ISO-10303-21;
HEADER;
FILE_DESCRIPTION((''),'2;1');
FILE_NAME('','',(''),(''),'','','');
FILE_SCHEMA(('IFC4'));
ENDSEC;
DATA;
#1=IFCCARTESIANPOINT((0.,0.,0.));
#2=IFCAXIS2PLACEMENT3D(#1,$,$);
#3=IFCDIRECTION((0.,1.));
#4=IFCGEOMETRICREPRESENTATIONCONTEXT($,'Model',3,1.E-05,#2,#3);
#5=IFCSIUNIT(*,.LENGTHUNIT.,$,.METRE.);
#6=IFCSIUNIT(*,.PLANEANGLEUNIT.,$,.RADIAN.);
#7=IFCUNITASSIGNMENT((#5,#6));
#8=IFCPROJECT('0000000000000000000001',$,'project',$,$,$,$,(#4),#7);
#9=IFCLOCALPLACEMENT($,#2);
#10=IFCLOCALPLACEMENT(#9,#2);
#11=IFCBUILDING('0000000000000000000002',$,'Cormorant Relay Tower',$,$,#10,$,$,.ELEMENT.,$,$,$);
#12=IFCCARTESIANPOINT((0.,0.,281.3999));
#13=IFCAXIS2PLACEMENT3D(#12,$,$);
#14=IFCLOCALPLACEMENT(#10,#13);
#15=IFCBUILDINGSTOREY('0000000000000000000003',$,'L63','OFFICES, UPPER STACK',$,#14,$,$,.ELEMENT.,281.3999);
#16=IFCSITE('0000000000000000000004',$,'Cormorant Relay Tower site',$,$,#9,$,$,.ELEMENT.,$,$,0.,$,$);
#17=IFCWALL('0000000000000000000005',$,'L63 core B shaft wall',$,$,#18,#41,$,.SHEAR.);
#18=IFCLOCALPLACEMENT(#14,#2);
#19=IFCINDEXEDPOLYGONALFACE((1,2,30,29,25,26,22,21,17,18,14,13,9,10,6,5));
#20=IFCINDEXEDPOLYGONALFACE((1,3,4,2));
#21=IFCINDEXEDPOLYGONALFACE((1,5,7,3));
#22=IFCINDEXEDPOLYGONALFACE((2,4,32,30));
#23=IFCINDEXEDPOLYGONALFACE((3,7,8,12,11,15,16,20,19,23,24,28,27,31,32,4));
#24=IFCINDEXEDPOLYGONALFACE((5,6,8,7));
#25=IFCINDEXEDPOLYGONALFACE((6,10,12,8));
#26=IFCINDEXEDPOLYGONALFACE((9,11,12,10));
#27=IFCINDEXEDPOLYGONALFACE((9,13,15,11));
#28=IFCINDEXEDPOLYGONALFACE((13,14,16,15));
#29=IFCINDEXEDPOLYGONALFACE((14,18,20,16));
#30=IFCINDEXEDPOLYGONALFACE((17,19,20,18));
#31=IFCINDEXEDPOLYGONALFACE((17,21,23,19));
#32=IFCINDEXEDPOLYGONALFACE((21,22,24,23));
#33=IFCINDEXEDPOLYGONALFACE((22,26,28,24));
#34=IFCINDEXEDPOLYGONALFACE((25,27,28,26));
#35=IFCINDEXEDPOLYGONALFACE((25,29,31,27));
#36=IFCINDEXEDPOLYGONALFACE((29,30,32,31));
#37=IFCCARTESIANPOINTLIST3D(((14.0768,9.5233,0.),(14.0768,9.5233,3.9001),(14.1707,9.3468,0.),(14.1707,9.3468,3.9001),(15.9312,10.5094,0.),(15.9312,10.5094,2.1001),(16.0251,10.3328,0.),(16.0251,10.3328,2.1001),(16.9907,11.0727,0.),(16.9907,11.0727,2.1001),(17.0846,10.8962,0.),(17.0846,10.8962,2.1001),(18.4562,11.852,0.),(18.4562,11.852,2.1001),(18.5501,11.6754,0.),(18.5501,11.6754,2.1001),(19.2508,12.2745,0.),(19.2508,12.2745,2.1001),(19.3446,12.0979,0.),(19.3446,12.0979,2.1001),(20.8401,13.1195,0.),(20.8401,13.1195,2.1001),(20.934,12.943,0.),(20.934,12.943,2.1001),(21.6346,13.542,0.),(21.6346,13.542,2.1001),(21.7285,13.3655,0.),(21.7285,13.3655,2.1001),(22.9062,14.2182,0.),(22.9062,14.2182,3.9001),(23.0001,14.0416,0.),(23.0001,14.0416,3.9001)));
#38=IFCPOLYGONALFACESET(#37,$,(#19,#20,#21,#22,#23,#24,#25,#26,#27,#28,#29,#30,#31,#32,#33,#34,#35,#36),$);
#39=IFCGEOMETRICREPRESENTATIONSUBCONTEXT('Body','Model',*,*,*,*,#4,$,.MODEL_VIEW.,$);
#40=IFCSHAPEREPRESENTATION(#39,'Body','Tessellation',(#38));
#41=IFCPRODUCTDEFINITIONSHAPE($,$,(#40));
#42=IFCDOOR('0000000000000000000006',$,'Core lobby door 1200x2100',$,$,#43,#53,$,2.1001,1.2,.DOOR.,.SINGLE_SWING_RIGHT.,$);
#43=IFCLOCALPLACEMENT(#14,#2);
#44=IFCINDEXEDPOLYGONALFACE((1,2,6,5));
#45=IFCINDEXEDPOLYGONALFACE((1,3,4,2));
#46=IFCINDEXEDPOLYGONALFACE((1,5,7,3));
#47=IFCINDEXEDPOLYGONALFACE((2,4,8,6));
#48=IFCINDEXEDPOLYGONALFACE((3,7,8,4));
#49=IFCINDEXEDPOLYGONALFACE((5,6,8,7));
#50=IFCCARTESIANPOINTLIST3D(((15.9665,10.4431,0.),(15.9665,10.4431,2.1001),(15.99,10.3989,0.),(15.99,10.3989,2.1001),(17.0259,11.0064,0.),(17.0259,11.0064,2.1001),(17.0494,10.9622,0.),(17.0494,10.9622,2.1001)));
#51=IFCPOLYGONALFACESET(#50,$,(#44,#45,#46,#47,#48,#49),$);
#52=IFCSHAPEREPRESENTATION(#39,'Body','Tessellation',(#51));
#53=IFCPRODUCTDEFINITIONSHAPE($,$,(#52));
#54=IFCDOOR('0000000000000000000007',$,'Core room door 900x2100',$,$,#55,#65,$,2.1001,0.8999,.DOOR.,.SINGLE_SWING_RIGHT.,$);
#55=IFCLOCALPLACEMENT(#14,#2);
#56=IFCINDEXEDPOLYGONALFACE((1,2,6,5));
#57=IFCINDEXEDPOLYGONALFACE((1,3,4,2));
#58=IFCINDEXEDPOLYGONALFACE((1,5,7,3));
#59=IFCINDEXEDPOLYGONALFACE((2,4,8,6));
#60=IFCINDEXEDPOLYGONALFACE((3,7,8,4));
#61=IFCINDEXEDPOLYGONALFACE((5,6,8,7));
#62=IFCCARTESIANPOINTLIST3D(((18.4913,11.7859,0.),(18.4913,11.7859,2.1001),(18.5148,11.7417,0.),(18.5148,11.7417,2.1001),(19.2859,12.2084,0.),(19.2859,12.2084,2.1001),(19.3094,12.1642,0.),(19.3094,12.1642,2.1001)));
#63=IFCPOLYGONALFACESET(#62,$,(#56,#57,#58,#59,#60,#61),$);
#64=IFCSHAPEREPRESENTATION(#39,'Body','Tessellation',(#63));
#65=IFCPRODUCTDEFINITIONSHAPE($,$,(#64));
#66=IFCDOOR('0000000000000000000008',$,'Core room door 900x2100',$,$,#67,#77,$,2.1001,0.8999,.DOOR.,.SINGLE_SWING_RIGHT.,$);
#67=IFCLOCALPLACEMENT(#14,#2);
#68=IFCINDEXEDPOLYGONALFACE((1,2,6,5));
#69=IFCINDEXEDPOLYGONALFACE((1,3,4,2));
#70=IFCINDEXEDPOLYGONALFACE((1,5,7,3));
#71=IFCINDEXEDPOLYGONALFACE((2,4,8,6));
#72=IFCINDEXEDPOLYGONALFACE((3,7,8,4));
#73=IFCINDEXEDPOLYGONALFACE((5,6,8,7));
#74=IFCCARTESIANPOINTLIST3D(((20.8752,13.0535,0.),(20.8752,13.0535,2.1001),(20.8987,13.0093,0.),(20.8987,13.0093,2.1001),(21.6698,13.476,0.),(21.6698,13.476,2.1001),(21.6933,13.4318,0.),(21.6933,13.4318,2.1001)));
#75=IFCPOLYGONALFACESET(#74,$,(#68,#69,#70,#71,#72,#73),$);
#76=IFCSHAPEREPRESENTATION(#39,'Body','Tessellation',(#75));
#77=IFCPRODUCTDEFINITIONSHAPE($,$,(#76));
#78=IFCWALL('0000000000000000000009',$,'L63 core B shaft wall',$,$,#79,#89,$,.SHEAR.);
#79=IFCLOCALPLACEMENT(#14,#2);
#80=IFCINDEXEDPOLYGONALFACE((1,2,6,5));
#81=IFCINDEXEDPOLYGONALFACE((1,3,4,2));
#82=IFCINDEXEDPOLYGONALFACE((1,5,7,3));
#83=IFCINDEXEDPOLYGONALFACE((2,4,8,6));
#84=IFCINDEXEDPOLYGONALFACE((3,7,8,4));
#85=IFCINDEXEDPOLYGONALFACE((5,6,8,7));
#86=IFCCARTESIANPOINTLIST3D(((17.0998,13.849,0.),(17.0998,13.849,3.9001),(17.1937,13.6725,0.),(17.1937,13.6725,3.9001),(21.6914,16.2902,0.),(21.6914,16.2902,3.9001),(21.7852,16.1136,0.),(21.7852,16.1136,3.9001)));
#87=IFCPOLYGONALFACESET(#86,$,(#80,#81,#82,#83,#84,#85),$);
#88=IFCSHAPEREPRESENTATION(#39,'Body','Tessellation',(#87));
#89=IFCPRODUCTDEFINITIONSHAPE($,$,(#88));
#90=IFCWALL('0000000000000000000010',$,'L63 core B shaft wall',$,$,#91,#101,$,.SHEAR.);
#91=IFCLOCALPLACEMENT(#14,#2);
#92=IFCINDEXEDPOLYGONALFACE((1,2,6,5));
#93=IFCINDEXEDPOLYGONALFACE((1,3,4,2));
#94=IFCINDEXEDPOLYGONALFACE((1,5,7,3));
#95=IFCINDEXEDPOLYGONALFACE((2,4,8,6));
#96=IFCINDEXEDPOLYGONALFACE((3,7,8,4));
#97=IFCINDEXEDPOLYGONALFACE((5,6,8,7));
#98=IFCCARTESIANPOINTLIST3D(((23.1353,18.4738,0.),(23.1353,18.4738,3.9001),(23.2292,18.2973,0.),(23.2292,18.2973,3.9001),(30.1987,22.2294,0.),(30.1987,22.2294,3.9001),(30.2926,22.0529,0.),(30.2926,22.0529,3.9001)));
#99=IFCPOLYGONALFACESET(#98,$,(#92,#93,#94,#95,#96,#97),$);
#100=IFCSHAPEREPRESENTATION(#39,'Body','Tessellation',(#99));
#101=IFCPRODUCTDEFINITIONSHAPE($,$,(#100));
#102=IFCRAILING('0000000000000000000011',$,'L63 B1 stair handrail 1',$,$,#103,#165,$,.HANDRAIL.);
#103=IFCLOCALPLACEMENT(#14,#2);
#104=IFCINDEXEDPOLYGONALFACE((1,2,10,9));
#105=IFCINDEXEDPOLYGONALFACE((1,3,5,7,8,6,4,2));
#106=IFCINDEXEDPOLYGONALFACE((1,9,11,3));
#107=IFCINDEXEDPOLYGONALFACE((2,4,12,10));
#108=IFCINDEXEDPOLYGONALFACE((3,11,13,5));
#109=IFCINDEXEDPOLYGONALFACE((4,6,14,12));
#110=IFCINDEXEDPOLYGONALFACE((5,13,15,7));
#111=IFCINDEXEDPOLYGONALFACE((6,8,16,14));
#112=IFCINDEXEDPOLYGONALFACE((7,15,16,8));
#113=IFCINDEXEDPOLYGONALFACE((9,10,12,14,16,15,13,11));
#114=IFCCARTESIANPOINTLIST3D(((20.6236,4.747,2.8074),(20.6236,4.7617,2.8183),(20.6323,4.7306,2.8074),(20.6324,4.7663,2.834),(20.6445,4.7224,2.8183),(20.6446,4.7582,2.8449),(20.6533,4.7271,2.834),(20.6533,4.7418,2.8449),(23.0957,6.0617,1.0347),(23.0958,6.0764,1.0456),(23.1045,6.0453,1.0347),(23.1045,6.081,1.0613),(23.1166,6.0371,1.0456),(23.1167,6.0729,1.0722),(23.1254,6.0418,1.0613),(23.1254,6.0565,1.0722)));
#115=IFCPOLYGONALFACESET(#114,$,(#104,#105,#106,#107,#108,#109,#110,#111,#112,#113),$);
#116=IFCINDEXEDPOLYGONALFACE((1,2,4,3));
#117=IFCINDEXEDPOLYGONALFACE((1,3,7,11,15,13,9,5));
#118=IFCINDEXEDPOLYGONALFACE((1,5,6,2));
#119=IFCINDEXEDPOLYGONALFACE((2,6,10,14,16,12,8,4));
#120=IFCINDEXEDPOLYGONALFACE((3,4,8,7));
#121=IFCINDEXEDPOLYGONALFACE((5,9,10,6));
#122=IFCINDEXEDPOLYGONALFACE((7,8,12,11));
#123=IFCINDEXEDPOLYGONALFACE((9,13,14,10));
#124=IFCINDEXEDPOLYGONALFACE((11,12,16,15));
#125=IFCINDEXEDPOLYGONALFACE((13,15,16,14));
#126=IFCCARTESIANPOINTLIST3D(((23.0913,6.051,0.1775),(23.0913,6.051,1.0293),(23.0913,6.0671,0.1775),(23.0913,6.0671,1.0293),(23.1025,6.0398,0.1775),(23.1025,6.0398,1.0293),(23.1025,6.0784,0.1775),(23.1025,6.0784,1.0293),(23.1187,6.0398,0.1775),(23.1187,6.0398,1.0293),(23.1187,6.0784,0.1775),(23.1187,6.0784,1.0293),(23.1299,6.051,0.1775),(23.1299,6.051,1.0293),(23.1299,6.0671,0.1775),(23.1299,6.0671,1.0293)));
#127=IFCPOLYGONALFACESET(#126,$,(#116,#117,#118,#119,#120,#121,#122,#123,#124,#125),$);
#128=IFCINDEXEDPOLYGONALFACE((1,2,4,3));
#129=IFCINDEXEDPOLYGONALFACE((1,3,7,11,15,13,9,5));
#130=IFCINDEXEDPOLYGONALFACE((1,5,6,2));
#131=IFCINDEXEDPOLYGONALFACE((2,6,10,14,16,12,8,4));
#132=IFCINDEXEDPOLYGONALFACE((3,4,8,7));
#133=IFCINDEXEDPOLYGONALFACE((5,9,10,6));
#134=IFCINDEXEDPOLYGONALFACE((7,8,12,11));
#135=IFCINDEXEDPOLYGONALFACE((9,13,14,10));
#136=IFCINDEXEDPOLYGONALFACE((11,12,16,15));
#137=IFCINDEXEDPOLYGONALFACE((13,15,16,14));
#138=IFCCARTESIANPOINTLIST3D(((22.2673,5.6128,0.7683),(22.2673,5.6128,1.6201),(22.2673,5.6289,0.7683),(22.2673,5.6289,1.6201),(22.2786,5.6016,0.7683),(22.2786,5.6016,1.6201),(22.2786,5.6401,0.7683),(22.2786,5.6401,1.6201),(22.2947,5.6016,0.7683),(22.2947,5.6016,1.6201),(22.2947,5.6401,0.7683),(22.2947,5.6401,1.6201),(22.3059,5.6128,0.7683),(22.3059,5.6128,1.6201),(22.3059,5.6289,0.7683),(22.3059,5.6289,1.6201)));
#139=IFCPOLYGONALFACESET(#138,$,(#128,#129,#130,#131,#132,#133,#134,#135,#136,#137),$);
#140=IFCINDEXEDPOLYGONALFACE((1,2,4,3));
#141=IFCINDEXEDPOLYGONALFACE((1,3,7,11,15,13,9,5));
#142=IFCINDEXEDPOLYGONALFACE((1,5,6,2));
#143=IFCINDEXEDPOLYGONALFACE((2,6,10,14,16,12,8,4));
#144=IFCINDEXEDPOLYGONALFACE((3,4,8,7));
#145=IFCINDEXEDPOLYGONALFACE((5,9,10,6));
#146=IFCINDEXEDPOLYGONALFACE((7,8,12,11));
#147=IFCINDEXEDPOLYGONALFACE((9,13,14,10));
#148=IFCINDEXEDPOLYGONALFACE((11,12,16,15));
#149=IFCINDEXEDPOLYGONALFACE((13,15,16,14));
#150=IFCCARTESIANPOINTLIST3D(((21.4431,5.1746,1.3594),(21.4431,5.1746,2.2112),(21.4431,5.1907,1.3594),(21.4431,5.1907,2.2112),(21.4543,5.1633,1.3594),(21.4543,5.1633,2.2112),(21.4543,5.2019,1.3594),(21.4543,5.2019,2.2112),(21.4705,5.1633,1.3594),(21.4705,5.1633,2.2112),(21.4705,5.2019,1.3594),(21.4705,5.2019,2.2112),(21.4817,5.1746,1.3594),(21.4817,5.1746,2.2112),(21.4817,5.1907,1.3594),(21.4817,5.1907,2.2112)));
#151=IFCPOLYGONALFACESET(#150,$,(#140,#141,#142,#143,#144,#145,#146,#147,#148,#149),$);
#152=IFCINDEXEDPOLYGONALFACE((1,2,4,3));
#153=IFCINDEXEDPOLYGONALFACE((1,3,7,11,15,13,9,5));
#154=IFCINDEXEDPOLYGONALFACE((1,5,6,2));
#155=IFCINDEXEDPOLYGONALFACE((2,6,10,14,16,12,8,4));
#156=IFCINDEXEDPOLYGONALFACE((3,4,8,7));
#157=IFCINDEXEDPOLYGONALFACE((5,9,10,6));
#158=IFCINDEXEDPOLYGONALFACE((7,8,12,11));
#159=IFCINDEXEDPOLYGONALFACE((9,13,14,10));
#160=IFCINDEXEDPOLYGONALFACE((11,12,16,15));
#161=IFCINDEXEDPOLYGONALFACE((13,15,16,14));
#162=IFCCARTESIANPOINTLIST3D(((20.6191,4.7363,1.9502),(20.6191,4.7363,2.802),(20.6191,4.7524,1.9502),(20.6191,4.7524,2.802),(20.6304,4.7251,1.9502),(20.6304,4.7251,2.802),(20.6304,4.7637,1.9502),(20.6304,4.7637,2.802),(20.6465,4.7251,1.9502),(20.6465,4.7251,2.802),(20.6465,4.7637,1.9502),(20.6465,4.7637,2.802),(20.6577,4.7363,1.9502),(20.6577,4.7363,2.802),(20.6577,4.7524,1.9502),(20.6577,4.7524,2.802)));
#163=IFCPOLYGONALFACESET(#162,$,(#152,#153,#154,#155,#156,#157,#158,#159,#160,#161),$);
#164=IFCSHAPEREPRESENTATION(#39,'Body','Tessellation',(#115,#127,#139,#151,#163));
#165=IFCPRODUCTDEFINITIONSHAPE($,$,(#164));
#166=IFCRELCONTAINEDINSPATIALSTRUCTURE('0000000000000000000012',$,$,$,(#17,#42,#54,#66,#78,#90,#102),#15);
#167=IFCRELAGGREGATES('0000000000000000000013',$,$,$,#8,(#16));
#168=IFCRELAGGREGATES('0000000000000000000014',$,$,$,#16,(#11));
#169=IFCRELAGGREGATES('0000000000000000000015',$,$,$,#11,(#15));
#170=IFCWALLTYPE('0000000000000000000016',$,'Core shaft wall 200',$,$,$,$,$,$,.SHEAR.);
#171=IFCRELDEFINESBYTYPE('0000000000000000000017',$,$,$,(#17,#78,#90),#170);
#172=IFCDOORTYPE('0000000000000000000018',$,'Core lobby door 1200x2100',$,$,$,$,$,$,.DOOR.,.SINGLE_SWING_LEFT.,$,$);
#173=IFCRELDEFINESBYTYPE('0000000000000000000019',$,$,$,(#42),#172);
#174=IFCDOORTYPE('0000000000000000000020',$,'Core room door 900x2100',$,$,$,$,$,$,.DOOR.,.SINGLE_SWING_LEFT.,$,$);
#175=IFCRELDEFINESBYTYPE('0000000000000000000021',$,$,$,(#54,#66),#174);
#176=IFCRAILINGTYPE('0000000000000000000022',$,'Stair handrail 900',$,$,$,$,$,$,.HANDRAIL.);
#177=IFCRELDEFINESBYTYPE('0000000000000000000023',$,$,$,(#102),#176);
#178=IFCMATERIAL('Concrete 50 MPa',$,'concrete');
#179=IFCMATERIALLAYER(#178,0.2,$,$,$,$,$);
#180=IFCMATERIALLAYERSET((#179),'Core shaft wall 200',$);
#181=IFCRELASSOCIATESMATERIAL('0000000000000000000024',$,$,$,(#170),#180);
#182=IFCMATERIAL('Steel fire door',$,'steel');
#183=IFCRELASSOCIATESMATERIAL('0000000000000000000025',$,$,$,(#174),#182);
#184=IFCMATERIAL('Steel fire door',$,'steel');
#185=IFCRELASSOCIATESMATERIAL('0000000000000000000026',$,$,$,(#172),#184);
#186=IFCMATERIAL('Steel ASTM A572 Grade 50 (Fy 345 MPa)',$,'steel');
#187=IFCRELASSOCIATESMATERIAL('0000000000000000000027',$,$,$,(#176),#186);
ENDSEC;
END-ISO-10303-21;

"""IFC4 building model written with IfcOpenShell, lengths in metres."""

from ifc_helpers import new_model, si_unit, direction, frame, frame_2d, origin, place, context, subcontext, project, spatial, polyline, rectangle, outline, extrude, material, layer, layer_set, type_object, element, fill, save


model = new_model("IFC4")

# Units and contexts
model_context = context("Model", 3, precision=1e-05, world=origin(), true_north=direction((0.0, 1.0)))
body_context = subcontext(model_context, "Body", "Model", "MODEL_VIEW")
ifc_project = project(units=[si_unit("LENGTHUNIT", "METRE"), si_unit("PLANEANGLEUNIT", "RADIAN")], contexts=[model_context])

# Site, building, storey
site_placement = place(None, origin())
site = spatial("IfcSite", under=ifc_project, at=site_placement, Name="Cormorant Relay Tower site", CompositionType="ELEMENT", RefElevation=0.0)
building_placement = place(site_placement, origin())
building = spatial("IfcBuilding", under=site, at=building_placement, Name="Cormorant Relay Tower", CompositionType="ELEMENT")
storey_placement = place(building_placement, frame((0.0, 0.0, 281.3999)))
storey = spatial("IfcBuildingStorey", under=building, at=storey_placement, Name="L63", Description="OFFICES, UPPER STACK", CompositionType="ELEMENT", Elevation=281.3999)

# Shared definitions
ifc_material_1 = material(Name="Concrete 50 MPa", Category="concrete")
ifc_layer_1 = layer(ifc_material_1, 0.2)
ifc_layer_set_1 = layer_set([ifc_layer_1], Name="Core shaft wall 200")
wall_type_1 = type_object("IfcWallType", Name="Core shaft wall 200", PredefinedType="SHEAR", material=ifc_layer_set_1)

# Wall, openings, doors
ifc_material_2 = material(Name="Steel fire door", Category="steel")
door_type_1 = type_object("IfcDoorType", Name="Core room door 900x2100", OperationType="SINGLE_SWING_LEFT", PredefinedType="DOOR", material=ifc_material_2)
wall_1_placement = place(storey_placement, frame((14.1238, 9.4351, 0.0), z_axis=(0.0, 0.0, 1.0), x_axis=(0.88294, 0.469485, 0.0)))
wall_1 = element("IfcWall", 1, at=wall_1_placement, inside=storey, type_object=wall_type_1, Name="L63 core B shaft wall", PredefinedType="SHEAR", context=body_context, shape_type="SweptSolid", body=[
    extrude(rectangle(XDim=10.0, YDim=0.2, at=frame_2d((5.0, 0.0))), origin(), (0.0, 0.0, 1.0), 3.9001),
])
opening_1_placement = place(wall_1_placement, frame((2.1001, 0.0, 0.0)))
opening_1 = element("IfcOpeningElement", 2, at=opening_1_placement, cuts=wall_1, PredefinedType="OPENING", context=body_context, shape_type="SweptSolid", body=[
    extrude(rectangle(XDim=1.2, YDim=2.1001, at=frame_2d((0.6001, 1.05))), frame((0.0, 0.1099, 0.0), z_axis=(0.0, -1.0, 0.0), x_axis=(1.0, 0.0, 0.0)), (0.0, 0.0, 1.0), 0.22),
])
opening_2_placement = place(wall_1_placement, frame((4.96, 0.0, 0.0)))
opening_2 = element("IfcOpeningElement", 3, at=opening_2_placement, cuts=wall_1, PredefinedType="OPENING", context=body_context, shape_type="SweptSolid", body=[
    extrude(rectangle(XDim=0.8999, YDim=2.1001, at=frame_2d((0.45, 1.05))), frame((0.0, 0.1099, 0.0), z_axis=(0.0, -1.0, 0.0), x_axis=(1.0, 0.0, 0.0)), (0.0, 0.0, 1.0), 0.22),
])
opening_3_placement = place(wall_1_placement, frame((7.6599, 0.0, 0.0)))
opening_3 = element("IfcOpeningElement", 4, at=opening_3_placement, cuts=wall_1, PredefinedType="OPENING", context=body_context, shape_type="SweptSolid", body=[
    extrude(rectangle(XDim=0.8999, YDim=2.1001, at=frame_2d((0.45, 1.05))), frame((0.0, 0.1099, 0.0), z_axis=(0.0, -1.0, 0.0), x_axis=(1.0, 0.0, 0.0)), (0.0, 0.0, 1.0), 0.22),
])
ifc_material_3 = material(Name="Steel fire door", Category="steel")
door_type_2 = type_object("IfcDoorType", Name="Core lobby door 1200x2100", OperationType="SINGLE_SWING_LEFT", PredefinedType="DOOR", material=ifc_material_3)
door_1_placement = place(opening_1_placement, origin())
door_1 = element("IfcDoor", 5, at=door_1_placement, inside=storey, type_object=door_type_2, Name="Core lobby door 1200x2100", OperationType="SINGLE_SWING_RIGHT", OverallHeight=2.1001, OverallWidth=1.2, PredefinedType="DOOR", context=body_context, shape_type="SweptSolid", body=[
    extrude(rectangle(XDim=1.2, YDim=2.1001, at=frame_2d((0.6001, 1.05))), frame((0.0, 0.0249, 0.0), z_axis=(0.0, -1.0, 0.0), x_axis=(1.0, 0.0, 0.0)), (0.0, 0.0, 1.0), 0.05),
])
fill(opening_1, door_1)
door_2_placement = place(opening_2_placement, frame((0.8999, 0.0, 0.0), z_axis=(0.0, 0.0, 1.0), x_axis=(-1.0, 0.0, 0.0)))
door_2 = element("IfcDoor", 6, at=door_2_placement, inside=storey, type_object=door_type_1, Name="Core room door 900x2100", OperationType="SINGLE_SWING_RIGHT", OverallHeight=2.1001, OverallWidth=0.8999, PredefinedType="DOOR", context=body_context, shape_type="SweptSolid", body=[
    extrude(rectangle(XDim=0.8999, YDim=2.1001, at=frame_2d((0.45, 1.05))), frame((0.0, 0.0249, 0.0), z_axis=(0.0, -1.0, 0.0), x_axis=(1.0, 0.0, 0.0)), (0.0, 0.0, 1.0), 0.05),
])
fill(opening_2, door_2)
door_3_placement = place(opening_3_placement, frame((0.8999, 0.0, 0.0), z_axis=(0.0, 0.0, 1.0), x_axis=(-1.0, 0.0, 0.0)))
door_3 = element("IfcDoor", 7, at=door_3_placement, inside=storey, type_object=door_type_1, Name="Core room door 900x2100", OperationType="SINGLE_SWING_RIGHT", OverallHeight=2.1001, OverallWidth=0.8999, PredefinedType="DOOR", context=body_context, shape_type="SweptSolid", body=[
    extrude(rectangle(XDim=0.8999, YDim=2.1001, at=frame_2d((0.45, 1.05))), frame((0.0, 0.0249, 0.0), z_axis=(0.0, -1.0, 0.0), x_axis=(1.0, 0.0, 0.0)), (0.0, 0.0, 1.0), 0.05),
])
fill(opening_3, door_3)

# Walls
wall_2_placement = place(storey_placement, frame((17.1467, 13.7607, 0.0), z_axis=(0.0, 0.0, 1.0), x_axis=(0.882964, 0.46944, 0.0)))
element("IfcWall", 8, at=wall_2_placement, inside=storey, type_object=wall_type_1, Name="L63 core B shaft wall", PredefinedType="SHEAR", context=body_context, shape_type="SweptSolid", body=[
    extrude(rectangle(XDim=5.2002, YDim=0.2, at=frame_2d((2.6001, 0.0))), origin(), (0.0, 0.0, 1.0), 3.9001),
])
wall_3_placement = place(storey_placement, frame((23.1821, 18.3855, 0.0), z_axis=(0.0, 0.0, 1.0), x_axis=(0.882953, 0.469462, 0.0)))
element("IfcWall", 9, at=wall_3_placement, inside=storey, type_object=wall_type_1, Name="L63 core B shaft wall", PredefinedType="SHEAR", context=body_context, shape_type="SweptSolid", body=[
    extrude(rectangle(XDim=7.9998, YDim=0.2, at=frame_2d((4.0, 0.0))), origin(), (0.0, 0.0, 1.0), 3.9001),
])

# Railing
ifc_material_4 = material(Name="Steel ASTM A572 Grade 50 (Fy 345 MPa)", Category="steel")
railing_type = type_object("IfcRailingType", Name="Stair handrail 900", PredefinedType="HANDRAIL", material=ifc_material_4)
railing_placement = place(storey_placement, frame((23.1106, 6.0591, 0.1775)))
element("IfcRailing", 10, at=railing_placement, inside=storey, type_object=railing_type, Name="L63 B1 stair handrail 1", PredefinedType="HANDRAIL", context=body_context, shape_type="SweptSolid", body=[
    extrude(outline(polyline([(0.0222, 0.0093), (0.0093, 0.0222), (-0.0093, 0.0222), (-0.0222, 0.0093), (-0.0222, -0.0093), (-0.0093, -0.0222), (0.0093, -0.0222), (0.0222, -0.0093), (0.0222, 0.0093)])), frame((0.0, 0.0, 0.876), z_axis=(-0.745979, -0.396711, 0.534916), x_axis=(0.469533, -0.882915, 0.0)), (0.0, 0.0, 1.0), 3.314),
    extrude(outline(polyline([(0.0193, 0.0081), (0.0081, 0.0193), (-0.0081, 0.0193), (-0.0193, 0.0081), (-0.0193, -0.0081), (-0.0081, -0.0193), (0.0081, -0.0193), (0.0193, -0.0081), (0.0193, 0.0081)])), origin(), (0.0, 0.0, 1.0), 0.8518),
    extrude(outline(polyline([(0.0193, 0.0081), (0.0081, 0.0193), (-0.0081, 0.0193), (-0.0193, 0.0081), (-0.0193, -0.0081), (-0.0081, -0.0193), (0.0081, -0.0193), (0.0193, -0.0081), (0.0193, 0.0081)])), frame((-0.824, -0.4382, 0.5908)), (0.0, 0.0, 1.0), 0.8518),
    extrude(outline(polyline([(0.0193, 0.0081), (0.0081, 0.0193), (-0.0081, 0.0193), (-0.0193, 0.0081), (-0.0193, -0.0081), (-0.0081, -0.0193), (0.0081, -0.0193), (0.0193, -0.0081), (0.0193, 0.0081)])), frame((-1.6482, -0.8765, 1.1819)), (0.0, 0.0, 1.0), 0.8518),
    extrude(outline(polyline([(0.0193, 0.0081), (0.0081, 0.0193), (-0.0081, 0.0193), (-0.0193, 0.0081), (-0.0193, -0.0081), (-0.0081, -0.0193), (0.0081, -0.0193), (0.0193, -0.0081), (0.0193, 0.0081)])), frame((-2.4722, -1.3147, 1.7727)), (0.0, 0.0, 1.0), 0.8518),
])

save(model, "model.ifc")
